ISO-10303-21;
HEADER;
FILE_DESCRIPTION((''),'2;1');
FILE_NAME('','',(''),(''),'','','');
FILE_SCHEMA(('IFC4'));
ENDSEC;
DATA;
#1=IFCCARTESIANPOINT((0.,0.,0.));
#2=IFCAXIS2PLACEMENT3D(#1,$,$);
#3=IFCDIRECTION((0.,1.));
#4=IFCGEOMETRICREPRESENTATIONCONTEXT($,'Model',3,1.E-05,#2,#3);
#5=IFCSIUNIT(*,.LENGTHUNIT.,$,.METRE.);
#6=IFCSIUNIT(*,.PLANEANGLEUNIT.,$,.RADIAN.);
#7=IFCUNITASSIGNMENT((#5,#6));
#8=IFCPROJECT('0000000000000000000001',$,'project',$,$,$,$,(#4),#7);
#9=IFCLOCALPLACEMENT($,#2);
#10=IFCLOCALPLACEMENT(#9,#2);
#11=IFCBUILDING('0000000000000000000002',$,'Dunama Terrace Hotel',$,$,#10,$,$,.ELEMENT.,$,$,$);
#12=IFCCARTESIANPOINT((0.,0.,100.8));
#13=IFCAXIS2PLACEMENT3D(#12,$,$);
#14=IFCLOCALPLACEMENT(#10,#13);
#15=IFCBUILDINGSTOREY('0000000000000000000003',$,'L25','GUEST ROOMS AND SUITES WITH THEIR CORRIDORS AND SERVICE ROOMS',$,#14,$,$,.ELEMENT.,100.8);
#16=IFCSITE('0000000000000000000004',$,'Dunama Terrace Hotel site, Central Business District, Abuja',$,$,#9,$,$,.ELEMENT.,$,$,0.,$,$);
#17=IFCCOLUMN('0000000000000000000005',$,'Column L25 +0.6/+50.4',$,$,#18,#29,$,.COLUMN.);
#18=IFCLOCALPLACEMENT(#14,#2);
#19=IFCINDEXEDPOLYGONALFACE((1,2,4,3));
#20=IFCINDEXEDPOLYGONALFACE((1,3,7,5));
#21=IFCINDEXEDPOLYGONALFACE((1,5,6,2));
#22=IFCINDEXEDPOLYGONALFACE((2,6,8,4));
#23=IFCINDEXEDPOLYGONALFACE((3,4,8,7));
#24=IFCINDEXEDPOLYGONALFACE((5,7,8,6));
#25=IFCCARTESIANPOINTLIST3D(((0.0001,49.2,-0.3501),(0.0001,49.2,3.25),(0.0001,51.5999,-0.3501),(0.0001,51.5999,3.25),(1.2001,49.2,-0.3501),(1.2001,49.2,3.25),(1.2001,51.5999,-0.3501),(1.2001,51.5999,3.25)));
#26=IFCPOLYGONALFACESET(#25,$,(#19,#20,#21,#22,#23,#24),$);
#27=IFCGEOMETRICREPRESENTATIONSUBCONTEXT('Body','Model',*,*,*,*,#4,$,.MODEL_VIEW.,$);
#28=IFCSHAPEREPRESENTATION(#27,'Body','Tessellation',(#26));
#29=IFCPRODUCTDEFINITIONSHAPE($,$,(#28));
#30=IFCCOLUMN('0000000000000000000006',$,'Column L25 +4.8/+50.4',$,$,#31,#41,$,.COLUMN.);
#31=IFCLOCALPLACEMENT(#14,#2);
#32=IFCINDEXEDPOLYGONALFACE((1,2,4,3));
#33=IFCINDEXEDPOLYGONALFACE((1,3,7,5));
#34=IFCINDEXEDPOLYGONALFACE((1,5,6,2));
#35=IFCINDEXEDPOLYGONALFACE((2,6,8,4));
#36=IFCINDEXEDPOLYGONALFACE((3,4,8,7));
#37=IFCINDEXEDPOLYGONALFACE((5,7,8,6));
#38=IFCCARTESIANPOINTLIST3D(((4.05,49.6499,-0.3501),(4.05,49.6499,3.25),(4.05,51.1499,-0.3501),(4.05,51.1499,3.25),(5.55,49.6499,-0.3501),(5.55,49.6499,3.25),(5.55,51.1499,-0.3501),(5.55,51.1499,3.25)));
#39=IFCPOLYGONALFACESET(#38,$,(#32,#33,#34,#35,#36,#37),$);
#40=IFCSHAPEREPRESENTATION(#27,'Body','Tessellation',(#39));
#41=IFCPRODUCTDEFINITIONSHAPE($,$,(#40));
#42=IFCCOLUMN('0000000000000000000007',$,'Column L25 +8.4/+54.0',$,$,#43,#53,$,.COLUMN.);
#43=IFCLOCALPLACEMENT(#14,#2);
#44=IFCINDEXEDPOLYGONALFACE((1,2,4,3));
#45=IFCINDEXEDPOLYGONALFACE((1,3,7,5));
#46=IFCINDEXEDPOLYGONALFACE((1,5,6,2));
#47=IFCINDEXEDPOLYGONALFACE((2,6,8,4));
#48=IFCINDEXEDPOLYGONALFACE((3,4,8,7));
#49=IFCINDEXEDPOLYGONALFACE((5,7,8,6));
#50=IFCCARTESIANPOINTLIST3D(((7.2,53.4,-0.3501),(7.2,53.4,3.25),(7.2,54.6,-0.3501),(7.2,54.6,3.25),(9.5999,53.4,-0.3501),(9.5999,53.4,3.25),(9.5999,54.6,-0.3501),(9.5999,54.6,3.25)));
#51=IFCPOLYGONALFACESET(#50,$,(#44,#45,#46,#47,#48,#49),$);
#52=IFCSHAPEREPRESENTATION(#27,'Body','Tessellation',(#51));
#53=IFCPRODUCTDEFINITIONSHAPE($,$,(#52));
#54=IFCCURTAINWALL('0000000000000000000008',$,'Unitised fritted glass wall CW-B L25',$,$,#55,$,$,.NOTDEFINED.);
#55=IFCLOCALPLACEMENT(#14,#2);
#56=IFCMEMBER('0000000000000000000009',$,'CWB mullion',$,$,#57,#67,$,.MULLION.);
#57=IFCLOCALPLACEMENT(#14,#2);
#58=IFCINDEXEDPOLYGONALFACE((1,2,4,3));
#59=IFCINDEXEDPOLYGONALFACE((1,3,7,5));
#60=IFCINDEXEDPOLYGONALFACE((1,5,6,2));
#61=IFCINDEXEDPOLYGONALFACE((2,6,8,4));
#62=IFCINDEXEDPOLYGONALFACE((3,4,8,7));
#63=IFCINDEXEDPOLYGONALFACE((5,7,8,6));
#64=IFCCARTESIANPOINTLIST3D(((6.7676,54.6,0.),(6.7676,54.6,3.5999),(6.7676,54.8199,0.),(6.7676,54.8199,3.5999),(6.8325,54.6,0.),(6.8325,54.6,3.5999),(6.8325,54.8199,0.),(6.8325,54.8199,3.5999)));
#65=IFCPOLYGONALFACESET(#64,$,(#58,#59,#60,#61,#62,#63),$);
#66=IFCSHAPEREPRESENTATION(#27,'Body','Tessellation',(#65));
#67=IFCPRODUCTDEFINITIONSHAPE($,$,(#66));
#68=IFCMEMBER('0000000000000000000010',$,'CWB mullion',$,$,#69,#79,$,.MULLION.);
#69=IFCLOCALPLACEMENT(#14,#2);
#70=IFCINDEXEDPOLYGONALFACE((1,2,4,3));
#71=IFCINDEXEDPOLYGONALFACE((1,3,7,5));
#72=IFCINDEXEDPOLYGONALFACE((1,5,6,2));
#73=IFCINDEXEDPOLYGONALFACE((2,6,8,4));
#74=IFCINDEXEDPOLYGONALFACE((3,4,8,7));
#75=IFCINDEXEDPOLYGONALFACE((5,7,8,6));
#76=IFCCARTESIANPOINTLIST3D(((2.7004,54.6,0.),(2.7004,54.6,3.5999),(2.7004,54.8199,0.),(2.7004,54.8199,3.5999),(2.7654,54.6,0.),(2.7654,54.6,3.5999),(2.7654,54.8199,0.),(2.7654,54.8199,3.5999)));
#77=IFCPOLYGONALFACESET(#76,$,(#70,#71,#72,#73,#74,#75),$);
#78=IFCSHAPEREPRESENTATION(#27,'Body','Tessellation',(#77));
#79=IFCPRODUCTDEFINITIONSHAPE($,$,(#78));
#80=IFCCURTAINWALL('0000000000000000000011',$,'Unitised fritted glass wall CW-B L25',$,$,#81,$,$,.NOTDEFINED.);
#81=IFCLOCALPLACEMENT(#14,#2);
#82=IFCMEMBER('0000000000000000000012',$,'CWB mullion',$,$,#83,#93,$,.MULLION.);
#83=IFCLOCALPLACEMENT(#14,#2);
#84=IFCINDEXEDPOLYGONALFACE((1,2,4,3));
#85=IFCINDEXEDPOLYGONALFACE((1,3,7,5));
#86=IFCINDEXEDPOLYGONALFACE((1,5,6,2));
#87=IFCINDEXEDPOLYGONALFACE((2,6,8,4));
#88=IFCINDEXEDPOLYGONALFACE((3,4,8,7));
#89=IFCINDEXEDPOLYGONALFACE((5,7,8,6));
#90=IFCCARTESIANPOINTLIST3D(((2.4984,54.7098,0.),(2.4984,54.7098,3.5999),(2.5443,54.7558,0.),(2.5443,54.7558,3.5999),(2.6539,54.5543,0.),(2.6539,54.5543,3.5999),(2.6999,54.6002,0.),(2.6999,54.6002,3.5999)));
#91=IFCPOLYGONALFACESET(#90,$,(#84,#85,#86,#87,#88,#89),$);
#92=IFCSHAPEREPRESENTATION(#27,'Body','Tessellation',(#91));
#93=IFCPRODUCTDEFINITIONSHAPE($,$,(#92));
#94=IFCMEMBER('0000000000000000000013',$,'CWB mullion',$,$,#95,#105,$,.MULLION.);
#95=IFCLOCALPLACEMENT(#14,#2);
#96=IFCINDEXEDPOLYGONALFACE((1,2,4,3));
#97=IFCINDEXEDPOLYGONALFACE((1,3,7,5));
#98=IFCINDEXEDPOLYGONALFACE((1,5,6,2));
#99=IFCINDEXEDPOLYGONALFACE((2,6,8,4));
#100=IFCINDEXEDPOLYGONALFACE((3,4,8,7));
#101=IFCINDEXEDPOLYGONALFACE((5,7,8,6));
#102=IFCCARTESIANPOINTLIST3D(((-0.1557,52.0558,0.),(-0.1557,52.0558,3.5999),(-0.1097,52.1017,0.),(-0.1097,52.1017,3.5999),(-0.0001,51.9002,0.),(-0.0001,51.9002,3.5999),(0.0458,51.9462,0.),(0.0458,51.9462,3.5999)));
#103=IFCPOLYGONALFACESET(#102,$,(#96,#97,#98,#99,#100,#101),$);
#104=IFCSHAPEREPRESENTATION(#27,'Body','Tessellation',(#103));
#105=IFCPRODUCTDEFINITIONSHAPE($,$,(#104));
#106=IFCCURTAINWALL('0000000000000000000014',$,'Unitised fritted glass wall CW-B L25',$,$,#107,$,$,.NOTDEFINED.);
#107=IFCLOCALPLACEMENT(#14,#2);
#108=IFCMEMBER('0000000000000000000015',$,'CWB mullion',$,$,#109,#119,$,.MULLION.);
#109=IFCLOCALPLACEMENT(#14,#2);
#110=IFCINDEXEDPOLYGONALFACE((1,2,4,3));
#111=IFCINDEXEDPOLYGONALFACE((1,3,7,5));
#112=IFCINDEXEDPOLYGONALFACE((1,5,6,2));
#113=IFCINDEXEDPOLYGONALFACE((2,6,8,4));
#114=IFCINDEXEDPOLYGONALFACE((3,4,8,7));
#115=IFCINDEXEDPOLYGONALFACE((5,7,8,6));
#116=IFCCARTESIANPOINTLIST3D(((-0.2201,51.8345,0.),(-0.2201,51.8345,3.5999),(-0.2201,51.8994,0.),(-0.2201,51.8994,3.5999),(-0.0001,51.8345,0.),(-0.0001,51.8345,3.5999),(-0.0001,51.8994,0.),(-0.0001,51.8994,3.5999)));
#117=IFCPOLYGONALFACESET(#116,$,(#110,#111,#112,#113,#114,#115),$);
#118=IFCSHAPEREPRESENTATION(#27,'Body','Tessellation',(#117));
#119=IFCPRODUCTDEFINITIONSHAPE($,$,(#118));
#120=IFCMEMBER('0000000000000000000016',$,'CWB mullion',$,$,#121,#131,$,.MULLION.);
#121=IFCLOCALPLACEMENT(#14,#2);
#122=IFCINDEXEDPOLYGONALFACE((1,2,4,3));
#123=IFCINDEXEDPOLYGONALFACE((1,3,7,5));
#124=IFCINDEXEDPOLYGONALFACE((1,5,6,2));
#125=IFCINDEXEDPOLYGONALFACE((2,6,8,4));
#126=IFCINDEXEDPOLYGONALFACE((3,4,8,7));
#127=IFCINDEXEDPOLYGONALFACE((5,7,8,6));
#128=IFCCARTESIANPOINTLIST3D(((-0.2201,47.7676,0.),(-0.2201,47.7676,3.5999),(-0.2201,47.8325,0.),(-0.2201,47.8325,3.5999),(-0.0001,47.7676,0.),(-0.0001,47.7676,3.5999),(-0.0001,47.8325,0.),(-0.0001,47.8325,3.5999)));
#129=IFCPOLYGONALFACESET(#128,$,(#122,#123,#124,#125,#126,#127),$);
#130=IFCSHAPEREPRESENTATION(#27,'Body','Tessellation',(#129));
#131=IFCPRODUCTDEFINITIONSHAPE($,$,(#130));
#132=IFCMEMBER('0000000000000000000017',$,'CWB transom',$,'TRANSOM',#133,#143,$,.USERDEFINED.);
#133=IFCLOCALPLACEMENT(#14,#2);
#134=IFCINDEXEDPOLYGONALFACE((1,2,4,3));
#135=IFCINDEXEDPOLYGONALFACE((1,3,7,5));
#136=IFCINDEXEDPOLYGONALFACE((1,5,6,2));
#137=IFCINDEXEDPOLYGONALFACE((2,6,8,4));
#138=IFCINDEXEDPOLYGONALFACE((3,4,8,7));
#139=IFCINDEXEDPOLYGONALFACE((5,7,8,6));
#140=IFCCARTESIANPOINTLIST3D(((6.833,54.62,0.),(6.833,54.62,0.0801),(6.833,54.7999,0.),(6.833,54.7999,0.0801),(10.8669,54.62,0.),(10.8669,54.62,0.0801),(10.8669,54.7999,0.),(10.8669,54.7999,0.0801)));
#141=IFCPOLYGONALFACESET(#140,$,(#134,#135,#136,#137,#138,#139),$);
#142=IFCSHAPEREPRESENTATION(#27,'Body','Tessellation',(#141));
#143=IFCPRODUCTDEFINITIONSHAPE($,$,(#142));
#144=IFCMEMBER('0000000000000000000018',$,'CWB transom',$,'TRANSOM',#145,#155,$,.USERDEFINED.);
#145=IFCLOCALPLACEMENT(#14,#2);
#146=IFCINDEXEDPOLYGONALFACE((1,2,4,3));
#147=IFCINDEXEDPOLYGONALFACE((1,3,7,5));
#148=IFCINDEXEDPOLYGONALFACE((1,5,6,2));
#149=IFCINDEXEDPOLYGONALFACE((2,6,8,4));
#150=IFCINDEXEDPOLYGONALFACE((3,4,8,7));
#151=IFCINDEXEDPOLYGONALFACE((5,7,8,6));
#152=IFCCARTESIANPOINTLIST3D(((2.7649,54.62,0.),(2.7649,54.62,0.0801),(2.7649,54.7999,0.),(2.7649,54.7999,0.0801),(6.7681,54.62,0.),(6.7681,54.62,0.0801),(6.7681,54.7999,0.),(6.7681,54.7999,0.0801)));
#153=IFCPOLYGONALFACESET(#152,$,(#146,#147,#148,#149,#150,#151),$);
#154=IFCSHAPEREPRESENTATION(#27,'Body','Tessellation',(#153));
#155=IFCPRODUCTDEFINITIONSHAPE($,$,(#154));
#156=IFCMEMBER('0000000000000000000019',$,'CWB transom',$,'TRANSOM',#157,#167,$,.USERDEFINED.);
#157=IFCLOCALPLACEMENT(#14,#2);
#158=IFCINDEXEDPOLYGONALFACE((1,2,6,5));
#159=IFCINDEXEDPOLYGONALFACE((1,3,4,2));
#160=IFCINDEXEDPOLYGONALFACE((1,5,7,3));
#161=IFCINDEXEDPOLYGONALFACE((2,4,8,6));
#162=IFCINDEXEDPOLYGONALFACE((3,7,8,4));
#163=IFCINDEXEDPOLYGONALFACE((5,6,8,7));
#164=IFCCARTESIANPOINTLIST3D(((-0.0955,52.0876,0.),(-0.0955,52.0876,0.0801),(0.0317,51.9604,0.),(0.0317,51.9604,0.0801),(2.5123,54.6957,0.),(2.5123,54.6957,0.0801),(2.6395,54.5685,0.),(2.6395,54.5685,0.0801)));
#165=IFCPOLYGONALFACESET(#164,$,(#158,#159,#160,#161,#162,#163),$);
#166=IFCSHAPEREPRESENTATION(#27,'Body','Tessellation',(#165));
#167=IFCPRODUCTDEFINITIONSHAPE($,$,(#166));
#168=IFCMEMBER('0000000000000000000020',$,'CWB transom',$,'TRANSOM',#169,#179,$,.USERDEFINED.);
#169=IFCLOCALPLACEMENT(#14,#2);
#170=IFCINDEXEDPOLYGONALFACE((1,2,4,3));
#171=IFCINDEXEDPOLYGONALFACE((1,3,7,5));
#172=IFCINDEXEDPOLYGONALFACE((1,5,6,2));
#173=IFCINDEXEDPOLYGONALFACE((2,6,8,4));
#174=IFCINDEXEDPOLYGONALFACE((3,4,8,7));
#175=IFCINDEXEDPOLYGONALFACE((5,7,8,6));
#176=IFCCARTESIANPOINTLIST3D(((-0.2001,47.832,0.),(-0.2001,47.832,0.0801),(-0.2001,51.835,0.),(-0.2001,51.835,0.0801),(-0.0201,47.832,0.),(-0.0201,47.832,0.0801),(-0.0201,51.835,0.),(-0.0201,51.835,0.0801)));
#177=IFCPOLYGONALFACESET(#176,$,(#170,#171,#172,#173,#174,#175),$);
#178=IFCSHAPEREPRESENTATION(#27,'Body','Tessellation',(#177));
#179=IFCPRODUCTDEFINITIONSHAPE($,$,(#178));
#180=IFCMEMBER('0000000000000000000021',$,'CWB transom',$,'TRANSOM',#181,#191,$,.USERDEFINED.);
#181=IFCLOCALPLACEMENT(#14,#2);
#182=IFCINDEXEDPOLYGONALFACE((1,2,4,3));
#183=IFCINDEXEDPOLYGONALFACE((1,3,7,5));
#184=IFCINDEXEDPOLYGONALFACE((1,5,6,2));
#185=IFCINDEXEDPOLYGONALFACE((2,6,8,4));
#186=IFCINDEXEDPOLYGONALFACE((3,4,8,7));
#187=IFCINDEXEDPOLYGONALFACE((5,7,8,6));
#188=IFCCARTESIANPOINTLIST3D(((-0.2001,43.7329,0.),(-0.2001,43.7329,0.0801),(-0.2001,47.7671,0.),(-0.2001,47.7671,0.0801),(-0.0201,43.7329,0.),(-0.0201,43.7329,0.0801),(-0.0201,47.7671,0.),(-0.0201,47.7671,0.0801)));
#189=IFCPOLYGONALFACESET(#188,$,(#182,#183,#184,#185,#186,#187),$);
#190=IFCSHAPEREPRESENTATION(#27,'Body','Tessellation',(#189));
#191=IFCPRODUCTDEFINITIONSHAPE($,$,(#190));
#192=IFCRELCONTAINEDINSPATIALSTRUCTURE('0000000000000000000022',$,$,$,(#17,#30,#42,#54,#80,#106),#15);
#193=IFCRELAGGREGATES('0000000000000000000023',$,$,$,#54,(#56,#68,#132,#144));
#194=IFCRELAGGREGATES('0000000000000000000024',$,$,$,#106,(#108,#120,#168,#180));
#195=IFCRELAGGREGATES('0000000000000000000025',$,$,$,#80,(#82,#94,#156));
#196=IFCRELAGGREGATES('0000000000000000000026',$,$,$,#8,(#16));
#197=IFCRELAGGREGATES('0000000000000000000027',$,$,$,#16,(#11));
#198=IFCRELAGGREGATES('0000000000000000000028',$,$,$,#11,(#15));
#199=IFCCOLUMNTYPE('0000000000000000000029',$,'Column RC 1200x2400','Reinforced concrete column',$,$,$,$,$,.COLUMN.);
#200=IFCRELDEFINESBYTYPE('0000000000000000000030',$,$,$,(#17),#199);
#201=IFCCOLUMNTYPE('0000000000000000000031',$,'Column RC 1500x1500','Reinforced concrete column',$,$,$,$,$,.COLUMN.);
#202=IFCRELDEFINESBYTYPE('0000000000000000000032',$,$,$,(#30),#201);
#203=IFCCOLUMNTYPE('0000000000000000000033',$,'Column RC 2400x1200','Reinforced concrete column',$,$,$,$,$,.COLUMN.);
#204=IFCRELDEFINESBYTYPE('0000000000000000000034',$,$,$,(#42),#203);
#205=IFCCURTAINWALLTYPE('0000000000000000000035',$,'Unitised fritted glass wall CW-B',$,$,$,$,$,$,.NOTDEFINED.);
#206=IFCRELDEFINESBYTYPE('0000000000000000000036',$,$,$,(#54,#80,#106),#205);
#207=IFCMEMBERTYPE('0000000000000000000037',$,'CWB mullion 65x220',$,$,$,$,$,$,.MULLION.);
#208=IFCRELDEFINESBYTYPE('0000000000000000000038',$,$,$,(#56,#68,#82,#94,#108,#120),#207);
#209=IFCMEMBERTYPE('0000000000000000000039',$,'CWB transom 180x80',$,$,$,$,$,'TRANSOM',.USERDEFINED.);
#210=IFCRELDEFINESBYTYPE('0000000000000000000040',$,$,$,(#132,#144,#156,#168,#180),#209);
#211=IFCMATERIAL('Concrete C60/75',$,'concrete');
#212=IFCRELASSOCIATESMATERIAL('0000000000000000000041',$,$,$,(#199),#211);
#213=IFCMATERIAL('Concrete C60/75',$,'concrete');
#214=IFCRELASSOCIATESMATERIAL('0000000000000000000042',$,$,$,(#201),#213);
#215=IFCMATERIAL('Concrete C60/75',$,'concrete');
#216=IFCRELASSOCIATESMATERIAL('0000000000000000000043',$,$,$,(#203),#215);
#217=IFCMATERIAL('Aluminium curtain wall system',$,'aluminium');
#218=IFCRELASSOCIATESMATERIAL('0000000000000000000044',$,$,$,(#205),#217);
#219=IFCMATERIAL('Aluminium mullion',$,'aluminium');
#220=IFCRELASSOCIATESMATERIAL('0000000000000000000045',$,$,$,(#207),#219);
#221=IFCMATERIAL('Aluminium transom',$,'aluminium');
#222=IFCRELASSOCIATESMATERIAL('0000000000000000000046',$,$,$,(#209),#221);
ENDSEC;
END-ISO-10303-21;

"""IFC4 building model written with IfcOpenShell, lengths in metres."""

from ifc_helpers import new_model, si_unit, direction, frame, origin, origin_2d, place, context, subcontext, project, spatial, rectangle, extrude, material, material_profile, profile_set, type_object, element, aggregate, save


model = new_model("IFC4")

# Units and contexts
model_context = context("Model", 3, precision=1e-05, world=origin(), true_north=direction((0.0, 1.0)))
body_context = subcontext(model_context, "Body", "Model", "MODEL_VIEW")
ifc_project = project(units=[si_unit("LENGTHUNIT", "METRE"), si_unit("PLANEANGLEUNIT", "RADIAN")], contexts=[model_context])

# Site, building, storey
site_placement = place(None, origin())
site = spatial("IfcSite", under=ifc_project, at=site_placement, Name="Dunama Terrace Hotel site, Central Business District, Abuja", CompositionType="ELEMENT", RefElevation=0.0)
building_placement = place(site_placement, origin())
building = spatial("IfcBuilding", under=site, at=building_placement, Name="Dunama Terrace Hotel", CompositionType="ELEMENT")
storey_placement = place(building_placement, frame((0.0, 0.0, 100.8)))
storey = spatial("IfcBuildingStorey", under=building, at=storey_placement, Name="L25", Description="GUEST ROOMS AND SUITES WITH THEIR CORRIDORS AND SERVICE ROOMS", CompositionType="ELEMENT", Elevation=100.8)

# Columns
ifc_material_1 = material(Name="Concrete C60/75", Category="concrete")
ifc_material_profile_1 = material_profile(ifc_material_1, rectangle(XDim=1.2, YDim=2.3999, at=origin_2d()), Name="RC 1200x2400")
ifc_profile_set_1 = profile_set([ifc_material_profile_1], Name="Concrete C60/75")
column_type_1 = type_object("IfcColumnType", Name="Column RC 1200x2400", Description="Reinforced concrete column", PredefinedType="COLUMN", material=ifc_profile_set_1)
column_1_placement = place(storey_placement, frame((0.6001, 50.3999, -0.3501), z_axis=(0.0, 0.0, 1.0), x_axis=(1.0, 0.0, 0.0)))
element("IfcColumn", 1, at=column_1_placement, inside=storey, type_object=column_type_1, Name="Column L25 +0.6/+50.4", PredefinedType="COLUMN", context=body_context, shape_type="SweptSolid", body=[
    extrude(rectangle(XDim=1.2, YDim=2.3999, at=origin_2d()), origin(), (0.0, 0.0, 1.0), 3.6001),
])
ifc_material_2 = material(Name="Concrete C60/75", Category="concrete")
ifc_material_profile_2 = material_profile(ifc_material_2, rectangle(XDim=1.5, YDim=1.5, at=origin_2d()), Name="RC 1500x1500")
ifc_profile_set_2 = profile_set([ifc_material_profile_2], Name="Concrete C60/75")
column_type_2 = type_object("IfcColumnType", Name="Column RC 1500x1500", Description="Reinforced concrete column", PredefinedType="COLUMN", material=ifc_profile_set_2)
column_2_placement = place(storey_placement, frame((4.8, 50.3999, -0.3501), z_axis=(0.0, 0.0, 1.0), x_axis=(1.0, 0.0, 0.0)))
element("IfcColumn", 2, at=column_2_placement, inside=storey, type_object=column_type_2, Name="Column L25 +4.8/+50.4", PredefinedType="COLUMN", context=body_context, shape_type="SweptSolid", body=[
    extrude(rectangle(XDim=1.5, YDim=1.5, at=origin_2d()), origin(), (0.0, 0.0, 1.0), 3.6001),
])
ifc_material_3 = material(Name="Concrete C60/75", Category="concrete")
ifc_material_profile_3 = material_profile(ifc_material_3, rectangle(XDim=2.3999, YDim=1.2, at=origin_2d()), Name="RC 2400x1200")
ifc_profile_set_3 = profile_set([ifc_material_profile_3], Name="Concrete C60/75")
column_type_3 = type_object("IfcColumnType", Name="Column RC 2400x1200", Description="Reinforced concrete column", PredefinedType="COLUMN", material=ifc_profile_set_3)
column_3_placement = place(storey_placement, frame((8.3999, 54.0, -0.3501), z_axis=(0.0, 0.0, 1.0), x_axis=(1.0, 0.0, 0.0)))
element("IfcColumn", 3, at=column_3_placement, inside=storey, type_object=column_type_3, Name="Column L25 +8.4/+54.0", PredefinedType="COLUMN", context=body_context, shape_type="SweptSolid", body=[
    extrude(rectangle(XDim=2.3999, YDim=1.2, at=origin_2d()), origin(), (0.0, 0.0, 1.0), 3.6001),
])

# Curtain walls, members
ifc_material_4 = material(Name="Aluminium curtain wall system", Category="aluminium")
curtain_wall_type = type_object("IfcCurtainWallType", Name="Unitised fritted glass wall CW-B", PredefinedType="NOTDEFINED", material=ifc_material_4)
curtain_wall_1_placement = place(storey_placement, origin())
curtain_wall_1 = element("IfcCurtainWall", 4, at=curtain_wall_1_placement, inside=storey, type_object=curtain_wall_type, Name="Unitised fritted glass wall CW-B L25", PredefinedType="NOTDEFINED")
ifc_material_5 = material(Name="Aluminium mullion", Category="aluminium")
ifc_material_profile_4 = material_profile(ifc_material_5, rectangle(XDim=0.0649, YDim=0.22, at=origin_2d()), Name="CWB MULLION 65X220")
ifc_profile_set_4 = profile_set([ifc_material_profile_4], Name="Aluminium mullion")
member_type_1 = type_object("IfcMemberType", Name="CWB mullion 65x220", PredefinedType="MULLION", material=ifc_profile_set_4)
member_1_placement = place(storey_placement, frame((6.8, 54.71, 0.0), z_axis=(0.0, 0.0, 1.0), x_axis=(-1.0, 0.0, 0.0)))
member_1 = element("IfcMember", 5, at=member_1_placement, type_object=member_type_1, Name="CWB mullion", PredefinedType="MULLION", context=body_context, shape_type="SweptSolid", body=[
    extrude(rectangle(XDim=0.0649, YDim=0.22, at=origin_2d()), origin(), (0.0, 0.0, 1.0), 3.5999),
])
member_2_placement = place(storey_placement, frame((2.7329, 54.71, 0.0), z_axis=(0.0, 0.0, 1.0), x_axis=(-1.0, 0.0, 0.0)))
member_2 = element("IfcMember", 6, at=member_2_placement, type_object=member_type_1, Name="CWB mullion", PredefinedType="MULLION", context=body_context, shape_type="SweptSolid", body=[
    extrude(rectangle(XDim=0.0649, YDim=0.22, at=origin_2d()), origin(), (0.0, 0.0, 1.0), 3.5999),
])
curtain_wall_2_placement = place(storey_placement, origin())
curtain_wall_2 = element("IfcCurtainWall", 7, at=curtain_wall_2_placement, inside=storey, type_object=curtain_wall_type, Name="Unitised fritted glass wall CW-B L25", PredefinedType="NOTDEFINED")
member_3_placement = place(storey_placement, frame((2.5991, 54.655, 0.0), z_axis=(0.0, 0.0, 1.0), x_axis=(-0.707107, -0.707107, 0.0)))
member_3 = element("IfcMember", 8, at=member_3_placement, type_object=member_type_1, Name="CWB mullion", PredefinedType="MULLION", context=body_context, shape_type="SweptSolid", body=[
    extrude(rectangle(XDim=0.0649, YDim=0.22, at=origin_2d()), origin(), (0.0, 0.0, 1.0), 3.5999),
])
member_4_placement = place(storey_placement, frame((-0.0549, 52.001, 0.0), z_axis=(0.0, 0.0, 1.0), x_axis=(-0.707107, -0.707107, 0.0)))
member_4 = element("IfcMember", 9, at=member_4_placement, type_object=member_type_1, Name="CWB mullion", PredefinedType="MULLION", context=body_context, shape_type="SweptSolid", body=[
    extrude(rectangle(XDim=0.0649, YDim=0.22, at=origin_2d()), origin(), (0.0, 0.0, 1.0), 3.5999),
])
curtain_wall_3_placement = place(storey_placement, origin())
curtain_wall_3 = element("IfcCurtainWall", 10, at=curtain_wall_3_placement, inside=storey, type_object=curtain_wall_type, Name="Unitised fritted glass wall CW-B L25", PredefinedType="NOTDEFINED")
member_5_placement = place(storey_placement, frame((-0.1101, 51.8669, 0.0), z_axis=(0.0, 0.0, 1.0), x_axis=(0.0, -1.0, 0.0)))
member_5 = element("IfcMember", 11, at=member_5_placement, type_object=member_type_1, Name="CWB mullion", PredefinedType="MULLION", context=body_context, shape_type="SweptSolid", body=[
    extrude(rectangle(XDim=0.0649, YDim=0.22, at=origin_2d()), origin(), (0.0, 0.0, 1.0), 3.5999),
])
member_6_placement = place(storey_placement, frame((-0.1101, 47.8, 0.0), z_axis=(0.0, 0.0, 1.0), x_axis=(0.0, -1.0, 0.0)))
member_6 = element("IfcMember", 12, at=member_6_placement, type_object=member_type_1, Name="CWB mullion", PredefinedType="MULLION", context=body_context, shape_type="SweptSolid", body=[
    extrude(rectangle(XDim=0.0649, YDim=0.22, at=origin_2d()), origin(), (0.0, 0.0, 1.0), 3.5999),
])

# Members
ifc_material_6 = material(Name="Aluminium transom", Category="aluminium")
ifc_material_profile_5 = material_profile(ifc_material_6, rectangle(XDim=0.1799, YDim=0.0801, at=origin_2d()), Name="CWB TRANSOM 180X80")
ifc_profile_set_5 = profile_set([ifc_material_profile_5], Name="Aluminium transom")
member_type_2 = type_object("IfcMemberType", Name="CWB transom 180x80", ElementType="TRANSOM", PredefinedType="USERDEFINED", material=ifc_profile_set_5)
member_7_placement = place(storey_placement, frame((10.8669, 54.71, 0.04), z_axis=(-1.0, 0.0, 0.0), x_axis=(0.0, -1.0, 0.0)))
member_7 = element("IfcMember", 13, at=member_7_placement, type_object=member_type_2, Name="CWB transom", ObjectType="TRANSOM", PredefinedType="USERDEFINED", context=body_context, shape_type="SweptSolid", body=[
    extrude(rectangle(XDim=0.1799, YDim=0.0801, at=origin_2d()), origin(), (0.0, 0.0, 1.0), 4.0339),
])
member_8_placement = place(storey_placement, frame((6.7681, 54.71, 0.04), z_axis=(-1.0, 0.0, 0.0), x_axis=(0.0, -1.0, 0.0)))
member_8 = element("IfcMember", 14, at=member_8_placement, type_object=member_type_2, Name="CWB transom", ObjectType="TRANSOM", PredefinedType="USERDEFINED", context=body_context, shape_type="SweptSolid", body=[
    extrude(rectangle(XDim=0.1799, YDim=0.0801, at=origin_2d()), origin(), (0.0, 0.0, 1.0), 4.0032),
])
member_9_placement = place(storey_placement, frame((2.5759, 54.6321, 0.04), z_axis=(-0.707074, -0.70714, 0.0), x_axis=(0.70714, -0.707074, 0.0)))
member_9 = element("IfcMember", 15, at=member_9_placement, type_object=member_type_2, Name="CWB transom", ObjectType="TRANSOM", PredefinedType="USERDEFINED", context=body_context, shape_type="SweptSolid", body=[
    extrude(rectangle(XDim=0.1799, YDim=0.0801, at=origin_2d()), origin(), (0.0, 0.0, 1.0), 3.6882),
])
member_10_placement = place(storey_placement, frame((-0.1101, 51.835, 0.04), z_axis=(0.0, -1.0, 0.0), x_axis=(1.0, 0.0, 0.0)))
member_10 = element("IfcMember", 16, at=member_10_placement, type_object=member_type_2, Name="CWB transom", ObjectType="TRANSOM", PredefinedType="USERDEFINED", context=body_context, shape_type="SweptSolid", body=[
    extrude(rectangle(XDim=0.1799, YDim=0.0801, at=origin_2d()), origin(), (0.0, 0.0, 1.0), 4.0029),
])
member_11_placement = place(storey_placement, frame((-0.1101, 47.7671, 0.04), z_axis=(0.0, -1.0, 0.0), x_axis=(1.0, 0.0, 0.0)))
member_11 = element("IfcMember", 17, at=member_11_placement, type_object=member_type_2, Name="CWB transom", ObjectType="TRANSOM", PredefinedType="USERDEFINED", context=body_context, shape_type="SweptSolid", body=[
    extrude(rectangle(XDim=0.1799, YDim=0.0801, at=origin_2d()), origin(), (0.0, 0.0, 1.0), 4.0342),
])

aggregate(curtain_wall_1, [member_1, member_2, member_7, member_8])
aggregate(curtain_wall_3, [member_5, member_6, member_10, member_11])
aggregate(curtain_wall_2, [member_3, member_4, member_9])

save(model, "model.ifc")
